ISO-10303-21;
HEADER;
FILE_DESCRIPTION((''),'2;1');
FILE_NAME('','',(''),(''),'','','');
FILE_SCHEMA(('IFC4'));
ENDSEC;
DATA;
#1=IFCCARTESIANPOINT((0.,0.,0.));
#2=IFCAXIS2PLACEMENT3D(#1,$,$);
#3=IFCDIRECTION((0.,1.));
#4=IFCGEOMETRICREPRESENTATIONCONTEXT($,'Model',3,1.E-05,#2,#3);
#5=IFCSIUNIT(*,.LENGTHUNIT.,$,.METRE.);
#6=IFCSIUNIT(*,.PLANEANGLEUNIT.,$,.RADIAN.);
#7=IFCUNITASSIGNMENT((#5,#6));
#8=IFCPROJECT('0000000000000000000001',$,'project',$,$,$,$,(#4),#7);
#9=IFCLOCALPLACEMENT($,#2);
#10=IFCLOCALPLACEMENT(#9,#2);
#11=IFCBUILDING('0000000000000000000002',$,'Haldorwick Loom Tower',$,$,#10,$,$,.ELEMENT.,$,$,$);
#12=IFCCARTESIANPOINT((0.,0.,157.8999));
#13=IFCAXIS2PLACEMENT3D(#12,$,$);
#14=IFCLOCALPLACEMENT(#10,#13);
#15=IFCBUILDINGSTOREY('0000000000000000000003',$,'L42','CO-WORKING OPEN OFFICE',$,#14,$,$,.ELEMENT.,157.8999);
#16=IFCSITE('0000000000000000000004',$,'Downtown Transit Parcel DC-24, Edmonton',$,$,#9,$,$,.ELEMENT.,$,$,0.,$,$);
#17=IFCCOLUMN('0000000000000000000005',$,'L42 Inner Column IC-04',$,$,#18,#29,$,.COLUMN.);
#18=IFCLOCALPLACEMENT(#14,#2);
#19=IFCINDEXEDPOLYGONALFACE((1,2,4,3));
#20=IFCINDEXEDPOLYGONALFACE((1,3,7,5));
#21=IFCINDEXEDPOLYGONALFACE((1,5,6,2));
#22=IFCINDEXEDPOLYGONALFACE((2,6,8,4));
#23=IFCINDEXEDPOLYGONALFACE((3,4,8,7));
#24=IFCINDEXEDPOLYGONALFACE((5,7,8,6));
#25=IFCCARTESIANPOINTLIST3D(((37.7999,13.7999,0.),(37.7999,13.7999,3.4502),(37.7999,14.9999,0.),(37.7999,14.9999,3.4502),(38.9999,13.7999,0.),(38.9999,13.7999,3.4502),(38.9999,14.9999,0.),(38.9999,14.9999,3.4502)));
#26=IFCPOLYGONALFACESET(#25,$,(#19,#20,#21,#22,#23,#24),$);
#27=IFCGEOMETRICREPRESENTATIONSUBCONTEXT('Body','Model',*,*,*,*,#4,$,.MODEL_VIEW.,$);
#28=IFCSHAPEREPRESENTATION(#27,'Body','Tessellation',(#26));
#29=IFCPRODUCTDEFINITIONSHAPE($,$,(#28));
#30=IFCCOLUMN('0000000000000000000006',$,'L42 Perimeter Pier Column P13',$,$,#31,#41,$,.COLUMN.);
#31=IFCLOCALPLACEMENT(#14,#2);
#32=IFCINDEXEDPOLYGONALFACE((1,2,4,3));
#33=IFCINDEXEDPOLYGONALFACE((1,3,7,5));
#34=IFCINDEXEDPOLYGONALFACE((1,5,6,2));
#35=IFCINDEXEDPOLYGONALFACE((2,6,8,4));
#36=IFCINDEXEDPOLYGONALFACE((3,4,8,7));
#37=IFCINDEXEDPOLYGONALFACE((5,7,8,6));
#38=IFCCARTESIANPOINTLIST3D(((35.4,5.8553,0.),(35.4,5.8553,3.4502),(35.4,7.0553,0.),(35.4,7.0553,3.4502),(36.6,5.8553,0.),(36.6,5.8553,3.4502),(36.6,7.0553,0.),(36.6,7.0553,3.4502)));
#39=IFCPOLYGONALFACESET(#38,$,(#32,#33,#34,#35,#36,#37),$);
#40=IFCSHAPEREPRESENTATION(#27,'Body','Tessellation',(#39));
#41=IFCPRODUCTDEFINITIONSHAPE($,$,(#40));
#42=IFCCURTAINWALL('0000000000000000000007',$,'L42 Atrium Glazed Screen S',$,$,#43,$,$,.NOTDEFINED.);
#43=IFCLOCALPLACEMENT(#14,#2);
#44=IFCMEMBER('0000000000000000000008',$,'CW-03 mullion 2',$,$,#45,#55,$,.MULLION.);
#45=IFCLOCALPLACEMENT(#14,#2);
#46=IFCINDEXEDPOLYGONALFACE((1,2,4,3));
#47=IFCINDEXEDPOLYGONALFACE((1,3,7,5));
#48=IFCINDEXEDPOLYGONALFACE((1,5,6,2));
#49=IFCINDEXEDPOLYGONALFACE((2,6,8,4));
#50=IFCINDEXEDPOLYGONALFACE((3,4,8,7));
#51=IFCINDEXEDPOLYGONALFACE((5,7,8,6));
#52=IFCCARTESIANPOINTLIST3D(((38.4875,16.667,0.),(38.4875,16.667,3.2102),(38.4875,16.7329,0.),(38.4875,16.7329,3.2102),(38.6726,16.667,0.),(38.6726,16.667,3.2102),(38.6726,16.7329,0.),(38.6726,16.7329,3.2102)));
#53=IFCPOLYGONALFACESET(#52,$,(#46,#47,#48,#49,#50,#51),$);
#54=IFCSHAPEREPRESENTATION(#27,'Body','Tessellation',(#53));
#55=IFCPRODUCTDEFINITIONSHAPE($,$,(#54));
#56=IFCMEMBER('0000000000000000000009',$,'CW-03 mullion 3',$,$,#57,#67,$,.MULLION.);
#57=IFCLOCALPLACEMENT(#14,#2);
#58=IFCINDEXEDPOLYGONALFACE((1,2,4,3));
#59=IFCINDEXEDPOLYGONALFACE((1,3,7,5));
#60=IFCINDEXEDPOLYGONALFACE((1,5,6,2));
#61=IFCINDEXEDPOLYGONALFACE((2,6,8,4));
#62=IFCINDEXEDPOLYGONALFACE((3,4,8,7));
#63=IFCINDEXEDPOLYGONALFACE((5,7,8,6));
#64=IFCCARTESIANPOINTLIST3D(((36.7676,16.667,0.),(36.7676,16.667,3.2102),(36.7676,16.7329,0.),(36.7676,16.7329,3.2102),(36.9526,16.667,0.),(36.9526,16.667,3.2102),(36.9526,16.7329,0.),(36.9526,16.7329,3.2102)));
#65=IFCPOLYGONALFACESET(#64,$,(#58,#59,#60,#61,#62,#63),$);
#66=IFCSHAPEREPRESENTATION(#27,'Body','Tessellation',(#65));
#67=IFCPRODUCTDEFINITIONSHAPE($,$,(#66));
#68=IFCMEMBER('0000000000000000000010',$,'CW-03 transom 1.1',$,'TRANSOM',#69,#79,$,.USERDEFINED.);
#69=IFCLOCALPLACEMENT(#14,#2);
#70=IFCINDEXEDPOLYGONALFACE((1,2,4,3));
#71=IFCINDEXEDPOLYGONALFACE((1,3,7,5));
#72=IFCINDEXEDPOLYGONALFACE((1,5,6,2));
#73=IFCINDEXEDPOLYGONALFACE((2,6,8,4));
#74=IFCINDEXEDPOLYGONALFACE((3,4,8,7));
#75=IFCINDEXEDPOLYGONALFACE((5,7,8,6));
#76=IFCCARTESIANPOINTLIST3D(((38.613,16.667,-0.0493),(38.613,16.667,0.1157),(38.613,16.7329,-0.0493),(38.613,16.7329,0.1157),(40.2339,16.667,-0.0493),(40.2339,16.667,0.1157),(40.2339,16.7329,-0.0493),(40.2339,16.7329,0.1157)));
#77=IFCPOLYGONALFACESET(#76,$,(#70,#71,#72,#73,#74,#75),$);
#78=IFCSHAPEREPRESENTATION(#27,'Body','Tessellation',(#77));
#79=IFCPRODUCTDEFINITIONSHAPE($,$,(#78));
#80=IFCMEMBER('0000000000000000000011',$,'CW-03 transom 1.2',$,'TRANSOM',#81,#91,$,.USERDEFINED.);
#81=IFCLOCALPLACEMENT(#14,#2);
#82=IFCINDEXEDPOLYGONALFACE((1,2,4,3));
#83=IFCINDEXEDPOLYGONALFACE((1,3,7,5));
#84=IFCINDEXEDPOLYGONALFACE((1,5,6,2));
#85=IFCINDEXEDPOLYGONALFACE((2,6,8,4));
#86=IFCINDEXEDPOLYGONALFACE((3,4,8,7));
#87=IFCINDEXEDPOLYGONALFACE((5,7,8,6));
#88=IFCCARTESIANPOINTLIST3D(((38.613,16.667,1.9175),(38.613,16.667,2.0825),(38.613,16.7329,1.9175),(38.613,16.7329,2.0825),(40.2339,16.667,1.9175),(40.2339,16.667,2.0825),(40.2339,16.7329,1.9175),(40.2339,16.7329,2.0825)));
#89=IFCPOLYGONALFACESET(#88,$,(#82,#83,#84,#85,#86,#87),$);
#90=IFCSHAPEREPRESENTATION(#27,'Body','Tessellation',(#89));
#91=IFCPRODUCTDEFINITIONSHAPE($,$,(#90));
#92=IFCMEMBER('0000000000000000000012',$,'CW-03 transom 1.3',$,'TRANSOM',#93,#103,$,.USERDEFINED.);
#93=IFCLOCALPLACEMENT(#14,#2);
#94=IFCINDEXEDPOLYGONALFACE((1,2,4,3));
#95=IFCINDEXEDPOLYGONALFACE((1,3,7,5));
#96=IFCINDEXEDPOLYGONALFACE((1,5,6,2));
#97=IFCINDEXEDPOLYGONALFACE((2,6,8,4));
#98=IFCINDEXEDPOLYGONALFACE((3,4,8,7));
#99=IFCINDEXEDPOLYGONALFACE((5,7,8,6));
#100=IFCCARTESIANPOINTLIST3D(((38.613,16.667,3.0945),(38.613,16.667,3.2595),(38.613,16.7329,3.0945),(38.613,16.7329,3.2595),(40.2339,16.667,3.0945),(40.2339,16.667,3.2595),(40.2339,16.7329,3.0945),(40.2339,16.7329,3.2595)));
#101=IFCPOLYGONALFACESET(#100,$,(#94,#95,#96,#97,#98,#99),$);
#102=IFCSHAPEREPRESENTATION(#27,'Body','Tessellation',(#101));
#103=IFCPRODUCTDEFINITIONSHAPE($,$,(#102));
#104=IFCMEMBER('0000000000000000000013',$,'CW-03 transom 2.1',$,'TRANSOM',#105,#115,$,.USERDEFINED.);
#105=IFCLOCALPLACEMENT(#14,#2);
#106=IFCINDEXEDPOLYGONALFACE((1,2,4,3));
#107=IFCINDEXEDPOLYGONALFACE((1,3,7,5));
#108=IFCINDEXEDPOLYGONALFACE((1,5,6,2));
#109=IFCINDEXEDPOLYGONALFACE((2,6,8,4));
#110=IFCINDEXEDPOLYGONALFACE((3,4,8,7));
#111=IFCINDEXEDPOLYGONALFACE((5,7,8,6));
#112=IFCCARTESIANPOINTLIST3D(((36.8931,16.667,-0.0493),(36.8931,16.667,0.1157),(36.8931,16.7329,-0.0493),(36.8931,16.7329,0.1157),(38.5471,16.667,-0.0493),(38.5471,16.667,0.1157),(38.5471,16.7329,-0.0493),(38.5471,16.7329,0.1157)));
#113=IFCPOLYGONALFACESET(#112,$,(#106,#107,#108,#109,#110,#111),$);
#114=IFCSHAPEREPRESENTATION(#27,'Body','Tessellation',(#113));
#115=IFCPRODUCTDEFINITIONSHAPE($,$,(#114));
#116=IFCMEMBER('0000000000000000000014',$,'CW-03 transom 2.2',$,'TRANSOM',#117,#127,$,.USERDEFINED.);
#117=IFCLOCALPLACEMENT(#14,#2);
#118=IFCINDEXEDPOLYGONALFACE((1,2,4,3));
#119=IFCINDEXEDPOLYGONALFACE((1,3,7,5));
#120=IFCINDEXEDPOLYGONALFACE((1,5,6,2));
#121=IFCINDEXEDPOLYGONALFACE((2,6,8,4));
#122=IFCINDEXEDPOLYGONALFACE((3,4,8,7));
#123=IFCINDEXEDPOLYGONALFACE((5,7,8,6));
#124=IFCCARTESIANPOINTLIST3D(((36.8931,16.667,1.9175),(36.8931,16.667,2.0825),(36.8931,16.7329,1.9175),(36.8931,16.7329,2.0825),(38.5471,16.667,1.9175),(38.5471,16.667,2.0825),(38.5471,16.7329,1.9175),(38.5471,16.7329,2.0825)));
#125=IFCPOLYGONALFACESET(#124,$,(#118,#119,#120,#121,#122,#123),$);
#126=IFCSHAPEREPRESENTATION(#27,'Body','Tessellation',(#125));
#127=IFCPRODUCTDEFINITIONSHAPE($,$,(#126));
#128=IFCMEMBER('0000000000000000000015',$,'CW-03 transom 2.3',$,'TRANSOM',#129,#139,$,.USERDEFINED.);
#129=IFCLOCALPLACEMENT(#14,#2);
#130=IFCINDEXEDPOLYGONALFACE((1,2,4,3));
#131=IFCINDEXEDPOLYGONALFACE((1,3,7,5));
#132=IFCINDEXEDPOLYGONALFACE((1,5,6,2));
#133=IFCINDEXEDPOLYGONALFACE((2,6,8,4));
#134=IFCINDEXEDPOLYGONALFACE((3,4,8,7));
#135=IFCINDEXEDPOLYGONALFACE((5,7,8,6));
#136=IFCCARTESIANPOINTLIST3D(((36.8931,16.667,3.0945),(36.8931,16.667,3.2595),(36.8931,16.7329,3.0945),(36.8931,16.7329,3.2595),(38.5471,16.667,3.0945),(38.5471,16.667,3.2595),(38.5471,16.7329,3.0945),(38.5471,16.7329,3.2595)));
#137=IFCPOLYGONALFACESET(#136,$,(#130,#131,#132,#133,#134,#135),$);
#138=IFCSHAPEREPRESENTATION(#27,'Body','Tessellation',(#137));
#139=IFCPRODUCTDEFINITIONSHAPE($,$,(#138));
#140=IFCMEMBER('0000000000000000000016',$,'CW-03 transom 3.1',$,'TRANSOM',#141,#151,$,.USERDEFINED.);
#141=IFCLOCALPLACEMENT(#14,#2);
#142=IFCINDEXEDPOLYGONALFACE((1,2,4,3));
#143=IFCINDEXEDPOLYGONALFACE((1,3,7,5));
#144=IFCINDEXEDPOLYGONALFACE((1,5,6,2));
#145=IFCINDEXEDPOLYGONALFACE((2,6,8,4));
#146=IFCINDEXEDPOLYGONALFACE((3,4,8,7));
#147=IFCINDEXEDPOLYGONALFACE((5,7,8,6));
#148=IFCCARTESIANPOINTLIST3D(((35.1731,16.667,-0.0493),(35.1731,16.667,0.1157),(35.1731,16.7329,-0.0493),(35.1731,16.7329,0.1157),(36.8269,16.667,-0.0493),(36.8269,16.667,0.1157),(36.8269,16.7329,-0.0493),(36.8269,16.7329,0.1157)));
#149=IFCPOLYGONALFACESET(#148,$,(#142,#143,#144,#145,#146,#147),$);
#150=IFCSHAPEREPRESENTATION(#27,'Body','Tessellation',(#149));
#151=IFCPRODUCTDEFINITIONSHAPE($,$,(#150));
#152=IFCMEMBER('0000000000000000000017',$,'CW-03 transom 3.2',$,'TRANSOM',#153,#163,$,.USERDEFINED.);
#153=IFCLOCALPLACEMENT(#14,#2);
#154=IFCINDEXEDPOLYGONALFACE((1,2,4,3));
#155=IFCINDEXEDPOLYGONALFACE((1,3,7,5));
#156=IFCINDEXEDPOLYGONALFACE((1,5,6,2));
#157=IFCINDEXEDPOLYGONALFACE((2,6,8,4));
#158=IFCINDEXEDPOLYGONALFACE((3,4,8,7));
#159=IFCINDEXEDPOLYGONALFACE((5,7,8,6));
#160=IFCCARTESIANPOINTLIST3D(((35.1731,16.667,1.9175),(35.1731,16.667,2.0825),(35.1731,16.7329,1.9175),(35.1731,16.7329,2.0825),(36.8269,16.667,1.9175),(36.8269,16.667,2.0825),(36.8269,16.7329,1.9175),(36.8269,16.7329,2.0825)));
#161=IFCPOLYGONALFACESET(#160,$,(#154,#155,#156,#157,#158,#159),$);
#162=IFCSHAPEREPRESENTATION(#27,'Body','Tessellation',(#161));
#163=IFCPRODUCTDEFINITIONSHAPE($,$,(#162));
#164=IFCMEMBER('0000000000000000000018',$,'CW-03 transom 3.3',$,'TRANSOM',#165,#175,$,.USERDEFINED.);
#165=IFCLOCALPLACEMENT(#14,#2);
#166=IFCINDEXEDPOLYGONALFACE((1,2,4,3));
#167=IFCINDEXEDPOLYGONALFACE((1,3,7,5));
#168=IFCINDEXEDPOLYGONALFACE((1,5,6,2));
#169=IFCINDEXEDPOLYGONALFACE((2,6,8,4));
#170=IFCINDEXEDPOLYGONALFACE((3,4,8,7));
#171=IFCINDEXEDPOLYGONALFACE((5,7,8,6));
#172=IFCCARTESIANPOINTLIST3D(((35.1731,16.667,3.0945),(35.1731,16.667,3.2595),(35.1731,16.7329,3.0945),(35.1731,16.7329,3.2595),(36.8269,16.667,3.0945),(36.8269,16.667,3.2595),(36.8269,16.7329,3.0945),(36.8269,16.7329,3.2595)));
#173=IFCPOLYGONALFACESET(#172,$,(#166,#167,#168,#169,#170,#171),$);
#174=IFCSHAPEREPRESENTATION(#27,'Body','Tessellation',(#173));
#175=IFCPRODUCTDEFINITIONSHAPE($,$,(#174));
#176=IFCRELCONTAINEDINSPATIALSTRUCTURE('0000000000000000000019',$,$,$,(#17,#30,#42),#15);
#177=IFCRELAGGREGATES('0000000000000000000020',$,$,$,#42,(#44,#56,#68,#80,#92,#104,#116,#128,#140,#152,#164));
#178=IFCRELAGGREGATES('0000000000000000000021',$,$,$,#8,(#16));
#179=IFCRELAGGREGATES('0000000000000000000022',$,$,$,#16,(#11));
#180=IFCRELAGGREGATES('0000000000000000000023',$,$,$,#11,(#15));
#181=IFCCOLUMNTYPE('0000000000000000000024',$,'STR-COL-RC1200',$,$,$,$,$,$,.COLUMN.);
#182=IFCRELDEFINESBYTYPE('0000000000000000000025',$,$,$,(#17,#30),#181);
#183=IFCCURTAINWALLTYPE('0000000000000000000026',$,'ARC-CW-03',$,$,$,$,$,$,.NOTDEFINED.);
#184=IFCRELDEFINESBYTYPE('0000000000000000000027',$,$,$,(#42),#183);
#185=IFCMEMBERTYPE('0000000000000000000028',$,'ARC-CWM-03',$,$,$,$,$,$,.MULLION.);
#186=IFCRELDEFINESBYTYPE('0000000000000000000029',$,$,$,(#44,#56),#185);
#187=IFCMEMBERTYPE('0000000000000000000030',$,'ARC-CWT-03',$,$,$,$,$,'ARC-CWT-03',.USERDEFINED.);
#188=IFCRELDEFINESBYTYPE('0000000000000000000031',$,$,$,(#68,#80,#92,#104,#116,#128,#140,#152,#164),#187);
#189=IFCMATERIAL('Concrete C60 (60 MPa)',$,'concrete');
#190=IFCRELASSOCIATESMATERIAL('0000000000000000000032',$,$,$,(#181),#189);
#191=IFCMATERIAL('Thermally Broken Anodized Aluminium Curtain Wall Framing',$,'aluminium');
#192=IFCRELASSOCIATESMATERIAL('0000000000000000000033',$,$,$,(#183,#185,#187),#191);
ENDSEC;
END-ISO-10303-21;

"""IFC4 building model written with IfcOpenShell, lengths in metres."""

from ifc_helpers import new_model, si_unit, direction, frame, origin, origin_2d, place, context, subcontext, project, spatial, rectangle, extrude, material, material_profile, profile_set, type_object, element, aggregate, save


model = new_model("IFC4")

# Units and contexts
model_context = context("Model", 3, precision=1e-05, world=origin(), true_north=direction((0.0, 1.0)))
body_context = subcontext(model_context, "Body", "Model", "MODEL_VIEW")
ifc_project = project(units=[si_unit("LENGTHUNIT", "METRE"), si_unit("PLANEANGLEUNIT", "RADIAN")], contexts=[model_context])

# Site, building, storey
site_placement = place(None, origin())
site = spatial("IfcSite", under=ifc_project, at=site_placement, Name="Downtown Transit Parcel DC-24, Edmonton", CompositionType="ELEMENT", RefElevation=0.0)
building_placement = place(site_placement, origin())
building = spatial("IfcBuilding", under=site, at=building_placement, Name="Haldorwick Loom Tower", CompositionType="ELEMENT")
storey_placement = place(building_placement, frame((0.0, 0.0, 157.8999)))
storey = spatial("IfcBuildingStorey", under=building, at=storey_placement, Name="L42", Description="CO-WORKING OPEN OFFICE", CompositionType="ELEMENT", Elevation=157.8999)

# Columns
ifc_material_1 = material(Name="Concrete C60 (60 MPa)", Category="concrete")
ifc_material_profile_1 = material_profile(ifc_material_1, rectangle(XDim=1.2, YDim=1.2, at=origin_2d()), Name="RC1200X1200", Category="concrete")
ifc_profile_set_1 = profile_set([ifc_material_profile_1], Name="Concrete C60 (60 MPa)")
column_type = type_object("IfcColumnType", Name="STR-COL-RC1200", PredefinedType="COLUMN", material=ifc_profile_set_1)
for number, where, z_axis, x_axis, name in (
    (1, (38.3999, 14.3999, 0.0), (0.0, 0.0, 1.0), (1.0, 0.0, 0.0), "L42 Inner Column IC-04"),
    (2, (36.0, 6.4553, 0.0), (0.0, 0.0, 1.0), (0.0, -1.0, 0.0), "L42 Perimeter Pier Column P13"),
):
    element("IfcColumn", number, at=place(storey_placement, frame(where, z_axis=z_axis, x_axis=x_axis)), inside=storey, type_object=column_type, Name=name, PredefinedType="COLUMN", context=body_context, shape_type="SweptSolid", body=[
        extrude(rectangle(XDim=1.2, YDim=1.2, at=origin_2d()), origin(), (0.0, 0.0, 1.0), 3.4502),
    ])

# Curtain wall, members
ifc_material_2 = material(Name="Thermally Broken Anodized Aluminium Curtain Wall Framing", Category="aluminium")
curtain_wall_type = type_object("IfcCurtainWallType", Name="ARC-CW-03", PredefinedType="NOTDEFINED", material=ifc_material_2)
curtain_wall_placement = place(storey_placement, origin())
curtain_wall = element("IfcCurtainWall", 3, at=curtain_wall_placement, inside=storey, type_object=curtain_wall_type, Name="L42 Atrium Glazed Screen S", PredefinedType="NOTDEFINED")
ifc_material_profile_2 = material_profile(ifc_material_2, rectangle(XDim=0.0659, YDim=0.1851, at=origin_2d()), Name="ALU_MUL_66X185", Category="aluminium")
ifc_profile_set_2 = profile_set([ifc_material_profile_2], Name="Thermally Broken Anodized Aluminium Curtain Wall Framing")
member_type_1 = type_object("IfcMemberType", Name="ARC-CWM-03", PredefinedType="MULLION", material=ifc_profile_set_2)
member_1_placement = place(storey_placement, frame((38.5801, 16.7, 0.0), z_axis=(0.0, 0.0, 1.0), x_axis=(0.0, -1.0, 0.0)))
member_1 = element("IfcMember", 4, at=member_1_placement, type_object=member_type_1, Name="CW-03 mullion 2", PredefinedType="MULLION", context=body_context, shape_type="SweptSolid", body=[
    extrude(rectangle(XDim=0.0659, YDim=0.1851, at=origin_2d()), origin(), (0.0, 0.0, 1.0), 3.2102),
])
member_2_placement = place(storey_placement, frame((36.8601, 16.7, 0.0), z_axis=(0.0, 0.0, 1.0), x_axis=(0.0, -1.0, 0.0)))
member_2 = element("IfcMember", 5, at=member_2_placement, type_object=member_type_1, Name="CW-03 mullion 3", PredefinedType="MULLION", context=body_context, shape_type="SweptSolid", body=[
    extrude(rectangle(XDim=0.0659, YDim=0.1851, at=origin_2d()), origin(), (0.0, 0.0, 1.0), 3.2102),
])
ifc_material_profile_3 = material_profile(ifc_material_2, rectangle(XDim=0.0659, YDim=0.165, at=origin_2d()), Name="ALU_TRN_66X165", Category="aluminium")
ifc_profile_set_3 = profile_set([ifc_material_profile_3], Name="Thermally Broken Anodized Aluminium Curtain Wall Framing")
member_type_2 = type_object("IfcMemberType", Name="ARC-CWT-03", ElementType="ARC-CWT-03", PredefinedType="USERDEFINED", material=ifc_profile_set_3)
member_3_placement = place(storey_placement, frame((40.2339, 16.7, 0.0332), z_axis=(-1.0, 0.0, 0.0), x_axis=(0.0, -1.0, 0.0)))
member_3 = element("IfcMember", 6, at=member_3_placement, type_object=member_type_2, Name="CW-03 transom 1.1", ObjectType="TRANSOM", PredefinedType="USERDEFINED", context=body_context, shape_type="SweptSolid", body=[
    extrude(rectangle(XDim=0.0659, YDim=0.165, at=origin_2d()), origin(), (0.0, 0.0, 1.0), 1.6208),
])
member_4_placement = place(storey_placement, frame((40.2339, 16.7, 2.0), z_axis=(-1.0, 0.0, 0.0), x_axis=(0.0, -1.0, 0.0)))
member_4 = element("IfcMember", 7, at=member_4_placement, type_object=member_type_2, Name="CW-03 transom 1.2", ObjectType="TRANSOM", PredefinedType="USERDEFINED", context=body_context, shape_type="SweptSolid", body=[
    extrude(rectangle(XDim=0.0659, YDim=0.165, at=origin_2d()), origin(), (0.0, 0.0, 1.0), 1.6208),
])
member_5_placement = place(storey_placement, frame((40.2339, 16.7, 3.177), z_axis=(-1.0, 0.0, 0.0), x_axis=(0.0, -1.0, 0.0)))
member_5 = element("IfcMember", 8, at=member_5_placement, type_object=member_type_2, Name="CW-03 transom 1.3", ObjectType="TRANSOM", PredefinedType="USERDEFINED", context=body_context, shape_type="SweptSolid", body=[
    extrude(rectangle(XDim=0.0659, YDim=0.165, at=origin_2d()), origin(), (0.0, 0.0, 1.0), 1.6208),
])
member_6_placement = place(storey_placement, frame((38.5471, 16.7, 0.0332), z_axis=(-1.0, 0.0, 0.0), x_axis=(0.0, -1.0, 0.0)))
member_6 = element("IfcMember", 9, at=member_6_placement, type_object=member_type_2, Name="CW-03 transom 2.1", ObjectType="TRANSOM", PredefinedType="USERDEFINED", context=body_context, shape_type="SweptSolid", body=[
    extrude(rectangle(XDim=0.0659, YDim=0.165, at=origin_2d()), origin(), (0.0, 0.0, 1.0), 1.6541),
])
member_7_placement = place(storey_placement, frame((38.5471, 16.7, 2.0), z_axis=(-1.0, 0.0, 0.0), x_axis=(0.0, -1.0, 0.0)))
member_7 = element("IfcMember", 10, at=member_7_placement, type_object=member_type_2, Name="CW-03 transom 2.2", ObjectType="TRANSOM", PredefinedType="USERDEFINED", context=body_context, shape_type="SweptSolid", body=[
    extrude(rectangle(XDim=0.0659, YDim=0.165, at=origin_2d()), origin(), (0.0, 0.0, 1.0), 1.6541),
])
member_8_placement = place(storey_placement, frame((38.5471, 16.7, 3.177), z_axis=(-1.0, 0.0, 0.0), x_axis=(0.0, -1.0, 0.0)))
member_8 = element("IfcMember", 11, at=member_8_placement, type_object=member_type_2, Name="CW-03 transom 2.3", ObjectType="TRANSOM", PredefinedType="USERDEFINED", context=body_context, shape_type="SweptSolid", body=[
    extrude(rectangle(XDim=0.0659, YDim=0.165, at=origin_2d()), origin(), (0.0, 0.0, 1.0), 1.6541),
])
member_9_placement = place(storey_placement, frame((36.8269, 16.7, 0.0332), z_axis=(-1.0, 0.0, 0.0), x_axis=(0.0, -1.0, 0.0)))
member_9 = element("IfcMember", 12, at=member_9_placement, type_object=member_type_2, Name="CW-03 transom 3.1", ObjectType="TRANSOM", PredefinedType="USERDEFINED", context=body_context, shape_type="SweptSolid", body=[
    extrude(rectangle(XDim=0.0659, YDim=0.165, at=origin_2d()), origin(), (0.0, 0.0, 1.0), 1.6538),
])
member_10_placement = place(storey_placement, frame((36.8269, 16.7, 2.0), z_axis=(-1.0, 0.0, 0.0), x_axis=(0.0, -1.0, 0.0)))
member_10 = element("IfcMember", 13, at=member_10_placement, type_object=member_type_2, Name="CW-03 transom 3.2", ObjectType="TRANSOM", PredefinedType="USERDEFINED", context=body_context, shape_type="SweptSolid", body=[
    extrude(rectangle(XDim=0.0659, YDim=0.165, at=origin_2d()), origin(), (0.0, 0.0, 1.0), 1.6538),
])
member_11_placement = place(storey_placement, frame((36.8269, 16.7, 3.177), z_axis=(-1.0, 0.0, 0.0), x_axis=(0.0, -1.0, 0.0)))
member_11 = element("IfcMember", 14, at=member_11_placement, type_object=member_type_2, Name="CW-03 transom 3.3", ObjectType="TRANSOM", PredefinedType="USERDEFINED", context=body_context, shape_type="SweptSolid", body=[
    extrude(rectangle(XDim=0.0659, YDim=0.165, at=origin_2d()), origin(), (0.0, 0.0, 1.0), 1.6538),
])

aggregate(curtain_wall, [member_1, member_2, member_3, member_4, member_5, member_6, member_7, member_8, member_9, member_10, member_11])

save(model, "model.ifc")
